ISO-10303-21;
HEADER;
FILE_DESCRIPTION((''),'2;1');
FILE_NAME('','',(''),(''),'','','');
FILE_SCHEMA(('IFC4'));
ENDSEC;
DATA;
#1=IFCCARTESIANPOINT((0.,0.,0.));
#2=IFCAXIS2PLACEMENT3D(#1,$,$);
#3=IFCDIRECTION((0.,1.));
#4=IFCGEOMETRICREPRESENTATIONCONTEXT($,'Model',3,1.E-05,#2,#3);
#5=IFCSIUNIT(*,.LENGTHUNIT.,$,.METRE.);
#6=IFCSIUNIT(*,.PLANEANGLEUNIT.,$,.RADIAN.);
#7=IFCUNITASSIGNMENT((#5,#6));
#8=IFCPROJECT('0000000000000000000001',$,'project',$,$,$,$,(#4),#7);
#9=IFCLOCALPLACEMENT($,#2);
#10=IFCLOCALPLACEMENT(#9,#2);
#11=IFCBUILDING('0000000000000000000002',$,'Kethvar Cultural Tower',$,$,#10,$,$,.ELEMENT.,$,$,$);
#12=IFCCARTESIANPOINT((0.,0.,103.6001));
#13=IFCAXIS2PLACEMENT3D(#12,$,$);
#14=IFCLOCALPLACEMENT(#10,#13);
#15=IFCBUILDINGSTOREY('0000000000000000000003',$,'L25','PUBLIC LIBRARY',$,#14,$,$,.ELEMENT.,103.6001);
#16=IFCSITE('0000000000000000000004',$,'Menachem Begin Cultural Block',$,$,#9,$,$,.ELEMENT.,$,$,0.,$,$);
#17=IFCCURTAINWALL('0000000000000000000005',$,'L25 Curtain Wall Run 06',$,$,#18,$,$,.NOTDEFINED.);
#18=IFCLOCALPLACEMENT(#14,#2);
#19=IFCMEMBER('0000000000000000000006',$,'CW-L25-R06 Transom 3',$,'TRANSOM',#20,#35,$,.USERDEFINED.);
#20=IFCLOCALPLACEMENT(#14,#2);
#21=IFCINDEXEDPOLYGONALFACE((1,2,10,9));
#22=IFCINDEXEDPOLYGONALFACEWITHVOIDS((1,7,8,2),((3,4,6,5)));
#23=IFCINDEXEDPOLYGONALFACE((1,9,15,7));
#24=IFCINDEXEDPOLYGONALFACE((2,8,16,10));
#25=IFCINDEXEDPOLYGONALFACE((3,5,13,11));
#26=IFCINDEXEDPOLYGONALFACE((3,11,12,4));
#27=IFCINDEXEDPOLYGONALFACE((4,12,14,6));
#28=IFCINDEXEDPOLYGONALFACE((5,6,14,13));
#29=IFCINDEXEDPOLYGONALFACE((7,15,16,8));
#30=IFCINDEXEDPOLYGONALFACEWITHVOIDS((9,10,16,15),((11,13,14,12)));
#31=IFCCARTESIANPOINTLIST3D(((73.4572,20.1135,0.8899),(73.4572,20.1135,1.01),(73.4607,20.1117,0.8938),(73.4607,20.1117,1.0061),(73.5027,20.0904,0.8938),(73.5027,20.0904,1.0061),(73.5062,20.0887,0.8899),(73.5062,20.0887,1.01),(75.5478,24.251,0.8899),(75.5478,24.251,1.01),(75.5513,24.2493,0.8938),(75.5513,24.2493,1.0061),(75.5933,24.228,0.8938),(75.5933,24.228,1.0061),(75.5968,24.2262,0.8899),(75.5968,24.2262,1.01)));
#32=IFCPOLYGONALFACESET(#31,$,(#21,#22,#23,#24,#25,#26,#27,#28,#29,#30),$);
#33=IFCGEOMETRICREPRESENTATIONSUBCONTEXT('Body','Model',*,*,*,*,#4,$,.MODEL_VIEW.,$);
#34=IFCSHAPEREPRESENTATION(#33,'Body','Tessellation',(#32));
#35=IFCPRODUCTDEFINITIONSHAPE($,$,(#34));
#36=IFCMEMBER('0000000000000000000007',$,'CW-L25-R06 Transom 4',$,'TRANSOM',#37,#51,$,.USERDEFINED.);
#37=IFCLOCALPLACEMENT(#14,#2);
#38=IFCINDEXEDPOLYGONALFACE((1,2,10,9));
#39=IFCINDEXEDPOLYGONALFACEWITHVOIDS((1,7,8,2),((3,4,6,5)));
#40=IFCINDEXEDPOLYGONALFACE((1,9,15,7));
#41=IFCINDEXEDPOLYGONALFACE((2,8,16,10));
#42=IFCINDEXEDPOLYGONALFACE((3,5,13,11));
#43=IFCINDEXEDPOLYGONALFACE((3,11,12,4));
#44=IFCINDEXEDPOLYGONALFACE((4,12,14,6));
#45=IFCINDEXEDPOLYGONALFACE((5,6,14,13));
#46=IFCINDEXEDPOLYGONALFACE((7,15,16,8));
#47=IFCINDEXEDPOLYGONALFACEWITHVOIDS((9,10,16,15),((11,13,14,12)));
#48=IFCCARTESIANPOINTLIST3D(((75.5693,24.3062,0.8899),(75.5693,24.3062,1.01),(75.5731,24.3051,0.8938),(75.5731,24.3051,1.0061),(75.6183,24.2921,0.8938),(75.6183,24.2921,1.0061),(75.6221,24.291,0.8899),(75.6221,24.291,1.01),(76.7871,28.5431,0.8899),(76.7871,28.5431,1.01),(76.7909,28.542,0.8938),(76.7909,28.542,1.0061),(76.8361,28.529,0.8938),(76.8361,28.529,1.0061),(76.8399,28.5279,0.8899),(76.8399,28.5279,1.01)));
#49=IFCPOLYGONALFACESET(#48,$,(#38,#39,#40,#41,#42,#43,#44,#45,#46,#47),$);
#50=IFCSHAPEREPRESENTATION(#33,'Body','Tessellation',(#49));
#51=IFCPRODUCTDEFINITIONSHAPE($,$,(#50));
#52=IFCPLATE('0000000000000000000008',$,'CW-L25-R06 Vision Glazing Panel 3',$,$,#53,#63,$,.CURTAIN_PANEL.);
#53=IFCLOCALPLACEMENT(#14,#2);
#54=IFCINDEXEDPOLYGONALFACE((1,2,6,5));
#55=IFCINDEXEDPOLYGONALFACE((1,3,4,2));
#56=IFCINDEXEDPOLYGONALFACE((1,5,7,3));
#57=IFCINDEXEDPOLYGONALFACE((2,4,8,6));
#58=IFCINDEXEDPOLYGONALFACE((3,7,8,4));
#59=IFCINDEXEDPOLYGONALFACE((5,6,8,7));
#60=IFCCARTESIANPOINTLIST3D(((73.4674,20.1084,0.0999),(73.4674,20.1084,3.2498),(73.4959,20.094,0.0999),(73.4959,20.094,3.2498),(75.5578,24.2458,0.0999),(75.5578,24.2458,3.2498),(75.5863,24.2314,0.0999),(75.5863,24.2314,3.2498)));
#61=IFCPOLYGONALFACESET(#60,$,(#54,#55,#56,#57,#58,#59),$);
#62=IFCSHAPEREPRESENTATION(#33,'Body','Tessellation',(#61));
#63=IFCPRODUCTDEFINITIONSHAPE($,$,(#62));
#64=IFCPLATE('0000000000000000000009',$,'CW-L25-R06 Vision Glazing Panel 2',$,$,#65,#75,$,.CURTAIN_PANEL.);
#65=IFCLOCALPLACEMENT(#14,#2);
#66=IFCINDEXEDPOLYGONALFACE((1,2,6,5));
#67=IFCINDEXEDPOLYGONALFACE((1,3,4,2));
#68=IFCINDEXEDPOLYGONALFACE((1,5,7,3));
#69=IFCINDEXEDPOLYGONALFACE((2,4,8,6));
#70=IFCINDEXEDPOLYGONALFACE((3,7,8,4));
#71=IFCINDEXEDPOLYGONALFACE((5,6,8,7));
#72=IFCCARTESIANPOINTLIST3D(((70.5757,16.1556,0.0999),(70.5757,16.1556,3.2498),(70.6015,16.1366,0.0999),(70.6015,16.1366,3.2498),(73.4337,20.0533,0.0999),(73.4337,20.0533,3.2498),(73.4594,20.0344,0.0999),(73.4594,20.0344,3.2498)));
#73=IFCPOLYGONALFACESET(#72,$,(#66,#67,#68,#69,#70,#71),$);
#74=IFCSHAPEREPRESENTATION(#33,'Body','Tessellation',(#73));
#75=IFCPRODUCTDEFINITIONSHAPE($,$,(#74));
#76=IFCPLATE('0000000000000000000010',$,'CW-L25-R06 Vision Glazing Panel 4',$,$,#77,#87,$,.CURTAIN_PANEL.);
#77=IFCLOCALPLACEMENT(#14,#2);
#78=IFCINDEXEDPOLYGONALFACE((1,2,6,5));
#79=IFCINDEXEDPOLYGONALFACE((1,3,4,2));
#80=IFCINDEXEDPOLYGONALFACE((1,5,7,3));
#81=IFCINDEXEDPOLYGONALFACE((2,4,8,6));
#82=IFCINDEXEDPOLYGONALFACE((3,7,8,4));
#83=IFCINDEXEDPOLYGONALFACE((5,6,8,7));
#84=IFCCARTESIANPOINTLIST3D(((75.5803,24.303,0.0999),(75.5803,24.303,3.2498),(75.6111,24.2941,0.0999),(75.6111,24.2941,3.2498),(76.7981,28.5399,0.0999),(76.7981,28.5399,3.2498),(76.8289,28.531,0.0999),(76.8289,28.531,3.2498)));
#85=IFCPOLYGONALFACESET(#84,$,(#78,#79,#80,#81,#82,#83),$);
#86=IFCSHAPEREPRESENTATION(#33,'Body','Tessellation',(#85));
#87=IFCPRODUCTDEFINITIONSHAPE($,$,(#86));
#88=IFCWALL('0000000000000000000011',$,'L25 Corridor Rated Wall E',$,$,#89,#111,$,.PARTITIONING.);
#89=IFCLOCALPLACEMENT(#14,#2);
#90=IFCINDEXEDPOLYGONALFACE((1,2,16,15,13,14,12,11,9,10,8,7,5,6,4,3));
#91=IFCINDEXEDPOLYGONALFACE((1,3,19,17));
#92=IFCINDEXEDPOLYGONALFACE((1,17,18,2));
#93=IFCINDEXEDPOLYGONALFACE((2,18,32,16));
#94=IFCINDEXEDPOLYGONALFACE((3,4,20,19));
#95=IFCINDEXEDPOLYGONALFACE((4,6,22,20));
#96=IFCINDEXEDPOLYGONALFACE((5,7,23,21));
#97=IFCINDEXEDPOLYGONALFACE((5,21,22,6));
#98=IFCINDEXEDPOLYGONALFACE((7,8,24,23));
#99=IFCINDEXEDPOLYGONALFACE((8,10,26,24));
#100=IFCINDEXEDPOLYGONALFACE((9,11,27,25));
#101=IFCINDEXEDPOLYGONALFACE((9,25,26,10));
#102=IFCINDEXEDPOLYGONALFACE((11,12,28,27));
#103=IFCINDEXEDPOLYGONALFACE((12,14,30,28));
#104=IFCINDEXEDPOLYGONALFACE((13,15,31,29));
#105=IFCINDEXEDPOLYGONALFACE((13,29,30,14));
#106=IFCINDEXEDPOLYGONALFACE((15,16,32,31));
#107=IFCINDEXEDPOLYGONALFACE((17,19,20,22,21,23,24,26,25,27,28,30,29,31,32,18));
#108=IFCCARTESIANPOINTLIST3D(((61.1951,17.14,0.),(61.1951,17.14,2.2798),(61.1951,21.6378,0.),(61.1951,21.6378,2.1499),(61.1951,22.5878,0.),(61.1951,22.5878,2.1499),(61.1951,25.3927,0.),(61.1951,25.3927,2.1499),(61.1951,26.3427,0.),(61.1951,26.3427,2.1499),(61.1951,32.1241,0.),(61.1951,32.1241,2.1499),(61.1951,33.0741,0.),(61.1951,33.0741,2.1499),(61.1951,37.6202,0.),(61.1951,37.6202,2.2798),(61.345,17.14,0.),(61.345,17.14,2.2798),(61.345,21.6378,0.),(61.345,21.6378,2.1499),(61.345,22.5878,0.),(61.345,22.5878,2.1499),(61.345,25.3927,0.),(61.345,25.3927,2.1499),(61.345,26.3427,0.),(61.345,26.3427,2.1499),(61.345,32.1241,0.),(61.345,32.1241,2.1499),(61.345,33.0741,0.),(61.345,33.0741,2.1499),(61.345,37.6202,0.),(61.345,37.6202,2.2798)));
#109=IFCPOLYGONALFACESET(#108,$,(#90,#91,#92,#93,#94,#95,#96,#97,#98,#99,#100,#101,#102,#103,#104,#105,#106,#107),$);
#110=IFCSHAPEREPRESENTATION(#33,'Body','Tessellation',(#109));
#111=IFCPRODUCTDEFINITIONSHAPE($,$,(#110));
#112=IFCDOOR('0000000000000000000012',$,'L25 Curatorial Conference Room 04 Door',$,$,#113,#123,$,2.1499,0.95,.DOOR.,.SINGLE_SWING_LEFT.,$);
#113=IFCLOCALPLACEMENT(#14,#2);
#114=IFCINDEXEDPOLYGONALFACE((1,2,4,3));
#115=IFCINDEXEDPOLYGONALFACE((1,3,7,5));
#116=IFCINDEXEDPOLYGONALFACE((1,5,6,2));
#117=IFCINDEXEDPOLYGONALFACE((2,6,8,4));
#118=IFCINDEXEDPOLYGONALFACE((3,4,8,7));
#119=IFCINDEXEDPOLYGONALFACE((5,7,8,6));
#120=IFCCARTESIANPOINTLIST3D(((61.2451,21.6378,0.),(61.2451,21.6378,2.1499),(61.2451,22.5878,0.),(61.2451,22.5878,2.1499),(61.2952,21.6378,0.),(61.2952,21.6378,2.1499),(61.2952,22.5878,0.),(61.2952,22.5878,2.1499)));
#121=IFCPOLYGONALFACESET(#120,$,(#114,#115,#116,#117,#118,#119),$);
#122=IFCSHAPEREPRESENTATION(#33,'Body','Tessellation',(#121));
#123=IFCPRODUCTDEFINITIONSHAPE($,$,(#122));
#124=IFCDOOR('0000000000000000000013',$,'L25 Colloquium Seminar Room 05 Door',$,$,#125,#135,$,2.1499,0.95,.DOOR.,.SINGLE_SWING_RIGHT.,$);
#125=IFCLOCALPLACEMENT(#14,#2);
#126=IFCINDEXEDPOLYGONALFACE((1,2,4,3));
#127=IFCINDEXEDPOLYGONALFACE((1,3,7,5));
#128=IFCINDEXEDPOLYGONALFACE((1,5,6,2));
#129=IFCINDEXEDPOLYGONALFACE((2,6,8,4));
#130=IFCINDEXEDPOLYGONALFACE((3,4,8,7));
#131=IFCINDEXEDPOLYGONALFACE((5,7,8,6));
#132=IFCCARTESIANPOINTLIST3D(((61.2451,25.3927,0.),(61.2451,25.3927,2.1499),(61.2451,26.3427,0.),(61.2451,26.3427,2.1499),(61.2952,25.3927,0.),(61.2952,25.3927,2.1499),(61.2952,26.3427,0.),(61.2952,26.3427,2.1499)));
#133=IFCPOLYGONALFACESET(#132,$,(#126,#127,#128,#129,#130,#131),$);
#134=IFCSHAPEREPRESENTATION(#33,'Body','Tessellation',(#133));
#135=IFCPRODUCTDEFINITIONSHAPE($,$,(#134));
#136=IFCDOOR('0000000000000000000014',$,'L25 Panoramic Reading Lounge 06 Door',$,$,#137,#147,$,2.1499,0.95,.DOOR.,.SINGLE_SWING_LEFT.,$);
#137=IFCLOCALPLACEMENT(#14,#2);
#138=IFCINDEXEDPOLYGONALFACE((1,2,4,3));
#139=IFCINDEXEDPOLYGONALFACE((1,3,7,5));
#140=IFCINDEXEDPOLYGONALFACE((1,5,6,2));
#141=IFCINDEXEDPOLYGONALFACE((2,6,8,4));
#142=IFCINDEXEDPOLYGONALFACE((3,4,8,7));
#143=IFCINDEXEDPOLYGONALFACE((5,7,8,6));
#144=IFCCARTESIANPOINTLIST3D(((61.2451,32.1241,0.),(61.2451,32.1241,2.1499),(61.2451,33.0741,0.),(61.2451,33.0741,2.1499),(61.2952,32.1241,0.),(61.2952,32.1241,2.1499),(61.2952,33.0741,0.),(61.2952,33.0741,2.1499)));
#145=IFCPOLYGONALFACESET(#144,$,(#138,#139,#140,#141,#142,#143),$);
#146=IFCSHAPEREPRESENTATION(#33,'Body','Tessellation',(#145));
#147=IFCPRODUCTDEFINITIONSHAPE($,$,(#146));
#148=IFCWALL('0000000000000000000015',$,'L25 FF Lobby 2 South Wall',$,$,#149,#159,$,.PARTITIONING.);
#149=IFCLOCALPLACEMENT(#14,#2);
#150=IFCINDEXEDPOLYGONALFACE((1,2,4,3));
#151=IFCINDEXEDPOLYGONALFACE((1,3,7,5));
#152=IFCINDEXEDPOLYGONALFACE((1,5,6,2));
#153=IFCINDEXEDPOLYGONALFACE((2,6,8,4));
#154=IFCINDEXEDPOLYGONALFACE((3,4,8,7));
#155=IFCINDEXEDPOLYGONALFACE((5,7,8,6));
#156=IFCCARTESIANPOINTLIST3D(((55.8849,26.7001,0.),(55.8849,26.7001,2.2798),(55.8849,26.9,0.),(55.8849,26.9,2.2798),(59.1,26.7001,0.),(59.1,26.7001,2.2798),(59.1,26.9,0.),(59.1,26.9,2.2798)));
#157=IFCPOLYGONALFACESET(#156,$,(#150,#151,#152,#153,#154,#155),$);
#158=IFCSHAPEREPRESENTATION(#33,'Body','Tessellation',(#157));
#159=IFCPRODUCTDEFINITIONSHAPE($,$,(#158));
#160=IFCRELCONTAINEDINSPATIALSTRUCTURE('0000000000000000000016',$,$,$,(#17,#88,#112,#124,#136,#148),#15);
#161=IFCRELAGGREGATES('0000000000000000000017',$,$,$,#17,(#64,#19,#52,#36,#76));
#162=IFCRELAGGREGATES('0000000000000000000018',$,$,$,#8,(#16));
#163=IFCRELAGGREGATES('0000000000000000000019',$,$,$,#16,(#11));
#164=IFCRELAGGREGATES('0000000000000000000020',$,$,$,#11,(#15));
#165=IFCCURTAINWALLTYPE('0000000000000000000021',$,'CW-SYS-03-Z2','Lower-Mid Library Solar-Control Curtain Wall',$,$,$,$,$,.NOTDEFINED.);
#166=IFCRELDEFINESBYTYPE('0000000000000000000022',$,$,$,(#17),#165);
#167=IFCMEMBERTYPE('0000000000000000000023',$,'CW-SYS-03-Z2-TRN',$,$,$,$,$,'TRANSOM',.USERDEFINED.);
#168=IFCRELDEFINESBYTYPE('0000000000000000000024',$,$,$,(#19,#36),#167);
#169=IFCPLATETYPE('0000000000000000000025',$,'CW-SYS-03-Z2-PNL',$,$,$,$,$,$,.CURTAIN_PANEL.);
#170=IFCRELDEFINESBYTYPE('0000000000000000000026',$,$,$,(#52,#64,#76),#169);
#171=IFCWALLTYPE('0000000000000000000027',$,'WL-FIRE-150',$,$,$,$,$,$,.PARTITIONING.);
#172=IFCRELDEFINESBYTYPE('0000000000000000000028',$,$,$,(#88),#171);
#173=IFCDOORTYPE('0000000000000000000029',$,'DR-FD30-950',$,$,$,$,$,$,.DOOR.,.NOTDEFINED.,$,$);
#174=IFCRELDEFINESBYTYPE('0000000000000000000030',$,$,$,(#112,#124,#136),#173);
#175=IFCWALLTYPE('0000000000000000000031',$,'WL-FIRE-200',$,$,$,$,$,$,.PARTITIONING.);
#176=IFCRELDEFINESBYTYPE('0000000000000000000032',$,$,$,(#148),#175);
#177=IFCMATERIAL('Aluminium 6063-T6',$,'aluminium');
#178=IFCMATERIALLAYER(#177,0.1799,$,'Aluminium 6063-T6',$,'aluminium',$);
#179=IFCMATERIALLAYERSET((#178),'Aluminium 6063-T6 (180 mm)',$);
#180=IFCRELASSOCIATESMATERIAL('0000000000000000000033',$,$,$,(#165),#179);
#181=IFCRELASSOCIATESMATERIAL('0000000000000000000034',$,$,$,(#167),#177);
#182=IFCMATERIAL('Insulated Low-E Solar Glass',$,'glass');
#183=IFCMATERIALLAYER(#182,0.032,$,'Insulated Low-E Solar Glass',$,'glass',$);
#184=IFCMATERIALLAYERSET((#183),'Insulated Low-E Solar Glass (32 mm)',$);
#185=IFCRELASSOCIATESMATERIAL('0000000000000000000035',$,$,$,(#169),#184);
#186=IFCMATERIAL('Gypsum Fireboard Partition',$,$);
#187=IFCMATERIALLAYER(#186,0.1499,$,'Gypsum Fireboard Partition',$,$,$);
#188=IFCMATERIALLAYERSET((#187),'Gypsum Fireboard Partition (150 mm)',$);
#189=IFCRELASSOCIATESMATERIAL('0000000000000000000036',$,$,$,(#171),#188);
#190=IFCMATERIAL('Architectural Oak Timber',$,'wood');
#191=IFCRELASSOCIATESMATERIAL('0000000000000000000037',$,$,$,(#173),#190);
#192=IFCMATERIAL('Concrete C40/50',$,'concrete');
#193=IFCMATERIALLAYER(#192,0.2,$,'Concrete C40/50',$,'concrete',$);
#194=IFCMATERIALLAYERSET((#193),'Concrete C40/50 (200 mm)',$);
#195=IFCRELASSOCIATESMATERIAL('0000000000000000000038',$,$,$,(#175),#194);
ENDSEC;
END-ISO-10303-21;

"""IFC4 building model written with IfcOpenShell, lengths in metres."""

from ifc_helpers import new_model, si_unit, direction, frame, frame_2d, origin, origin_2d, place, context, subcontext, project, spatial, rectangle, hollow_rectangle, extrude, source, transform, mapped, material, layer, layer_set, material_profile, profile_set, type_object, element, fill, aggregate, save


model = new_model("IFC4")

# Units and contexts
model_context = context("Model", 3, precision=1e-05, world=origin(), true_north=direction((0.0, 1.0)))
body_context = subcontext(model_context, "Body", "Model", "MODEL_VIEW")
ifc_project = project(units=[si_unit("LENGTHUNIT", "METRE"), si_unit("PLANEANGLEUNIT", "RADIAN")], contexts=[model_context])

# Site, building, storey
site_placement = place(None, origin())
site = spatial("IfcSite", under=ifc_project, at=site_placement, Name="Menachem Begin Cultural Block", CompositionType="ELEMENT", RefElevation=0.0)
building_placement = place(site_placement, origin())
building = spatial("IfcBuilding", under=site, at=building_placement, Name="Kethvar Cultural Tower", CompositionType="ELEMENT")
storey_placement = place(building_placement, frame((0.0, 0.0, 103.6001)))
storey = spatial("IfcBuildingStorey", under=building, at=storey_placement, Name="L25", Description="PUBLIC LIBRARY", CompositionType="ELEMENT", Elevation=103.6001)

# Curtain wall, members, plates
ifc_material_1 = material(Name="Aluminium 6063-T6", Category="aluminium")
ifc_layer_1 = layer(ifc_material_1, 0.1799, Name="Aluminium 6063-T6", Category="aluminium")
ifc_layer_set_1 = layer_set([ifc_layer_1], Name="Aluminium 6063-T6 (180 mm)")
curtain_wall_type = type_object("IfcCurtainWallType", Name="CW-SYS-03-Z2", Description="Lower-Mid Library Solar-Control Curtain Wall", PredefinedType="NOTDEFINED", material=ifc_layer_set_1)
curtain_wall_placement = place(storey_placement, origin())
curtain_wall = element("IfcCurtainWall", 1, at=curtain_wall_placement, inside=storey, type_object=curtain_wall_type, Name="L25 Curtain Wall Run 06", PredefinedType="NOTDEFINED")
ifc_material_profile_1 = material_profile(ifc_material_1, hollow_rectangle(XDim=0.0549, YDim=0.1201, WallThickness=0.0039, at=origin_2d()), Name="Aluminium 6063-T6 — RHS120x55x4")
ifc_profile_set_1 = profile_set([ifc_material_profile_1], Name="Aluminium 6063-T6 — RHS120x55x4")
member_type_1 = type_object("IfcMemberType", Name="CW-SYS-03-Z2-TRN", ElementType="TRANSOM", PredefinedType="USERDEFINED", material=ifc_profile_set_1)
shared_shape_1 = source(origin(), body_context, "Body", "SweptSolid", [
    extrude(hollow_rectangle(XDim=0.0549, YDim=0.1201, WallThickness=0.0039, at=origin_2d()), origin(), (0.0, 0.0, 1.0), 4.6357),
])
member_1_placement = place(storey_placement, frame((73.4817, 20.1011, 0.95), z_axis=(0.450981, 0.892534, 0.0), x_axis=(-0.892534, 0.450981, 0.0)))
member_1 = element("IfcMember", 2, at=member_1_placement, type_object=member_type_1, Name="CW-L25-R06 Transom 3", ObjectType="TRANSOM", PredefinedType="USERDEFINED", context=body_context, shape_type="MappedRepresentation", body=[
    mapped(shared_shape_1, transform((0.0, 0.0, 0.0), scale=1.0)),
])
shared_shape_2 = source(origin(), body_context, "Body", "SweptSolid", [
    extrude(hollow_rectangle(XDim=0.0549, YDim=0.1201, WallThickness=0.0039, at=origin_2d()), origin(), (0.0, 0.0, 1.0), 4.4084),
])
member_2_placement = place(storey_placement, frame((75.5957, 24.2986, 0.95), z_axis=(0.276242, 0.961088, 0.0), x_axis=(-0.961088, 0.276242, 0.0)))
member_2 = element("IfcMember", 3, at=member_2_placement, type_object=member_type_1, Name="CW-L25-R06 Transom 4", ObjectType="TRANSOM", PredefinedType="USERDEFINED", context=body_context, shape_type="MappedRepresentation", body=[
    mapped(shared_shape_2, transform((0.0, 0.0, 0.0), scale=1.0)),
])
ifc_material_2 = material(Name="Insulated Low-E Solar Glass", Category="glass")
ifc_layer_2 = layer(ifc_material_2, 0.032, Name="Insulated Low-E Solar Glass", Category="glass")
ifc_layer_set_2 = layer_set([ifc_layer_2], Name="Insulated Low-E Solar Glass (32 mm)")
plate_type = type_object("IfcPlateType", Name="CW-SYS-03-Z2-PNL", PredefinedType="CURTAIN_PANEL", material=ifc_layer_set_2)
shared_shape_3 = source(origin(), body_context, "Body", "SweptSolid", [
    extrude(rectangle(XDim=4.6355, YDim=0.032, at=origin_2d()), origin(), (0.0, 0.0, 1.0), 3.1499),
])
plate_1_placement = place(storey_placement, frame((74.5269, 22.1699, 0.0999), z_axis=(0.0, 0.0, 1.0), x_axis=(0.450955, 0.892546, 0.0)))
plate_1 = element("IfcPlate", 4, at=plate_1_placement, type_object=plate_type, Name="CW-L25-R06 Vision Glazing Panel 3", PredefinedType="CURTAIN_PANEL", context=body_context, shape_type="MappedRepresentation", body=[
    mapped(shared_shape_3, transform((0.0, 0.0, 0.0), scale=1.0)),
])
shared_shape_4 = source(origin(), body_context, "Body", "SweptSolid", [
    extrude(rectangle(XDim=4.8333, YDim=0.032, at=origin_2d()), origin(), (0.0, 0.0, 1.0), 3.1499),
])
plate_2_placement = place(storey_placement, frame((72.0176, 18.095, 0.0999), z_axis=(0.0, 0.0, 1.0), x_axis=(0.59131, 0.806445, 0.0)))
plate_2 = element("IfcPlate", 5, at=plate_2_placement, type_object=plate_type, Name="CW-L25-R06 Vision Glazing Panel 2", PredefinedType="CURTAIN_PANEL", context=body_context, shape_type="MappedRepresentation", body=[
    mapped(shared_shape_4, transform((0.0, 0.0, 0.0), scale=1.0)),
])
shared_shape_5 = source(origin(), body_context, "Body", "SweptSolid", [
    extrude(rectangle(XDim=4.4084, YDim=0.032, at=origin_2d()), origin(), (0.0, 0.0, 1.0), 3.1499),
])
plate_3_placement = place(storey_placement, frame((76.2046, 26.417, 0.0999), z_axis=(0.0, 0.0, 1.0), x_axis=(0.276241, 0.961088, 0.0)))
plate_3 = element("IfcPlate", 6, at=plate_3_placement, type_object=plate_type, Name="CW-L25-R06 Vision Glazing Panel 4", PredefinedType="CURTAIN_PANEL", context=body_context, shape_type="MappedRepresentation", body=[
    mapped(shared_shape_5, transform((0.0, 0.0, 0.0), scale=1.0)),
])
aggregate(curtain_wall, [plate_2, member_1, plate_1, member_2, plate_3])

# Wall, openings, doors
ifc_material_3 = material(Name="Gypsum Fireboard Partition")
ifc_layer_3 = layer(ifc_material_3, 0.1499, Name="Gypsum Fireboard Partition")
ifc_layer_set_3 = layer_set([ifc_layer_3], Name="Gypsum Fireboard Partition (150 mm)")
wall_type_1 = type_object("IfcWallType", Name="WL-FIRE-150", PredefinedType="PARTITIONING", material=ifc_layer_set_3)
wall_1_placement = place(storey_placement, frame((61.27, 17.1399, 0.0), z_axis=(0.0, 0.0, 1.0), x_axis=(0.0, 1.0, 0.0)))
wall_1 = element("IfcWall", 7, at=wall_1_placement, inside=storey, type_object=wall_type_1, Name="L25 Corridor Rated Wall E", PredefinedType="PARTITIONING", context=body_context, shape_type="SweptSolid", body=[
    extrude(rectangle(XDim=20.4802, YDim=0.1499, at=frame_2d((10.2402, 0.0))), origin(), (0.0, 0.0, 1.0), 2.2798),
])
opening_1_placement = place(wall_1_placement, frame((4.4978, 0.0, 0.0)))
opening_1 = element("IfcOpeningElement", 8, at=opening_1_placement, cuts=wall_1, PredefinedType="OPENING", context=body_context, shape_type="SweptSolid", body=[
    extrude(rectangle(XDim=0.95, YDim=2.1499, at=frame_2d((0.4751, 1.075))), frame((0.0, 0.085, 0.0), z_axis=(0.0, -1.0, 0.0), x_axis=(1.0, 0.0, 0.0)), (0.0, 0.0, 1.0), 0.1699),
])
opening_2_placement = place(wall_1_placement, frame((8.2527, 0.0, 0.0)))
opening_2 = element("IfcOpeningElement", 9, at=opening_2_placement, cuts=wall_1, PredefinedType="OPENING", context=body_context, shape_type="SweptSolid", body=[
    extrude(rectangle(XDim=0.95, YDim=2.1499, at=frame_2d((0.4751, 1.075))), frame((0.0, 0.085, 0.0), z_axis=(0.0, -1.0, 0.0), x_axis=(1.0, 0.0, 0.0)), (0.0, 0.0, 1.0), 0.1699),
])
opening_3_placement = place(wall_1_placement, frame((14.9841, 0.0, 0.0)))
opening_3 = element("IfcOpeningElement", 10, at=opening_3_placement, cuts=wall_1, PredefinedType="OPENING", context=body_context, shape_type="SweptSolid", body=[
    extrude(rectangle(XDim=0.95, YDim=2.1499, at=frame_2d((0.4751, 1.075))), frame((0.0, 0.085, 0.0), z_axis=(0.0, -1.0, 0.0), x_axis=(1.0, 0.0, 0.0)), (0.0, 0.0, 1.0), 0.1699),
])
ifc_material_4 = material(Name="Architectural Oak Timber", Category="wood")
door_type_1 = type_object("IfcDoorType", Name="DR-FD30-950", OperationType="NOTDEFINED", PredefinedType="DOOR", material=ifc_material_4)
shared_shape_6 = source(origin(), body_context, "Body", "SweptSolid", [
    extrude(rectangle(XDim=0.95, YDim=2.1499, at=frame_2d((0.4751, 1.075))), frame((0.0, 0.0249, 0.0), z_axis=(0.0, -1.0, 0.0), x_axis=(1.0, 0.0, 0.0)), (0.0, 0.0, 1.0), 0.05),
])
door_1_placement = place(opening_1_placement, origin())
door_1 = element("IfcDoor", 11, at=door_1_placement, inside=storey, type_object=door_type_1, Name="L25 Curatorial Conference Room 04 Door", OperationType="SINGLE_SWING_LEFT", OverallHeight=2.1499, OverallWidth=0.95, PredefinedType="DOOR", context=body_context, shape_type="MappedRepresentation", body=[
    mapped(shared_shape_6, transform((0.0, 0.0, 0.0), scale=1.0)),
])
fill(opening_1, door_1)
door_2_placement = place(opening_2_placement, origin())
door_2 = element("IfcDoor", 12, at=door_2_placement, inside=storey, type_object=door_type_1, Name="L25 Colloquium Seminar Room 05 Door", OperationType="SINGLE_SWING_RIGHT", OverallHeight=2.1499, OverallWidth=0.95, PredefinedType="DOOR", context=body_context, shape_type="MappedRepresentation", body=[
    mapped(shared_shape_6, transform((0.0, 0.0, 0.0), scale=1.0)),
])
fill(opening_2, door_2)
door_3_placement = place(opening_3_placement, origin())
door_3 = element("IfcDoor", 13, at=door_3_placement, inside=storey, type_object=door_type_1, Name="L25 Panoramic Reading Lounge 06 Door", OperationType="SINGLE_SWING_LEFT", OverallHeight=2.1499, OverallWidth=0.95, PredefinedType="DOOR", context=body_context, shape_type="MappedRepresentation", body=[
    mapped(shared_shape_6, transform((0.0, 0.0, 0.0), scale=1.0)),
])
fill(opening_3, door_3)

# Shared definitions
ifc_material_5 = material(Name="Concrete C40/50", Category="concrete")
ifc_layer_4 = layer(ifc_material_5, 0.2, Name="Concrete C40/50", Category="concrete")
ifc_layer_set_4 = layer_set([ifc_layer_4], Name="Concrete C40/50 (200 mm)")
wall_type_2 = type_object("IfcWallType", Name="WL-FIRE-200", PredefinedType="PARTITIONING", material=ifc_layer_set_4)

# Wall
wall_2_placement = place(storey_placement, frame((55.885, 26.8, 0.0), z_axis=(0.0, 0.0, 1.0), x_axis=(1.0, 0.0, 0.0)))
element("IfcWall", 14, at=wall_2_placement, inside=storey, type_object=wall_type_2, Name="L25 FF Lobby 2 South Wall", PredefinedType="PARTITIONING", context=body_context, shape_type="SweptSolid", body=[
    extrude(rectangle(XDim=3.2151, YDim=0.2, at=frame_2d((1.6074, 0.0))), origin(), (0.0, 0.0, 1.0), 2.2798),
])

save(model, "model.ifc")
